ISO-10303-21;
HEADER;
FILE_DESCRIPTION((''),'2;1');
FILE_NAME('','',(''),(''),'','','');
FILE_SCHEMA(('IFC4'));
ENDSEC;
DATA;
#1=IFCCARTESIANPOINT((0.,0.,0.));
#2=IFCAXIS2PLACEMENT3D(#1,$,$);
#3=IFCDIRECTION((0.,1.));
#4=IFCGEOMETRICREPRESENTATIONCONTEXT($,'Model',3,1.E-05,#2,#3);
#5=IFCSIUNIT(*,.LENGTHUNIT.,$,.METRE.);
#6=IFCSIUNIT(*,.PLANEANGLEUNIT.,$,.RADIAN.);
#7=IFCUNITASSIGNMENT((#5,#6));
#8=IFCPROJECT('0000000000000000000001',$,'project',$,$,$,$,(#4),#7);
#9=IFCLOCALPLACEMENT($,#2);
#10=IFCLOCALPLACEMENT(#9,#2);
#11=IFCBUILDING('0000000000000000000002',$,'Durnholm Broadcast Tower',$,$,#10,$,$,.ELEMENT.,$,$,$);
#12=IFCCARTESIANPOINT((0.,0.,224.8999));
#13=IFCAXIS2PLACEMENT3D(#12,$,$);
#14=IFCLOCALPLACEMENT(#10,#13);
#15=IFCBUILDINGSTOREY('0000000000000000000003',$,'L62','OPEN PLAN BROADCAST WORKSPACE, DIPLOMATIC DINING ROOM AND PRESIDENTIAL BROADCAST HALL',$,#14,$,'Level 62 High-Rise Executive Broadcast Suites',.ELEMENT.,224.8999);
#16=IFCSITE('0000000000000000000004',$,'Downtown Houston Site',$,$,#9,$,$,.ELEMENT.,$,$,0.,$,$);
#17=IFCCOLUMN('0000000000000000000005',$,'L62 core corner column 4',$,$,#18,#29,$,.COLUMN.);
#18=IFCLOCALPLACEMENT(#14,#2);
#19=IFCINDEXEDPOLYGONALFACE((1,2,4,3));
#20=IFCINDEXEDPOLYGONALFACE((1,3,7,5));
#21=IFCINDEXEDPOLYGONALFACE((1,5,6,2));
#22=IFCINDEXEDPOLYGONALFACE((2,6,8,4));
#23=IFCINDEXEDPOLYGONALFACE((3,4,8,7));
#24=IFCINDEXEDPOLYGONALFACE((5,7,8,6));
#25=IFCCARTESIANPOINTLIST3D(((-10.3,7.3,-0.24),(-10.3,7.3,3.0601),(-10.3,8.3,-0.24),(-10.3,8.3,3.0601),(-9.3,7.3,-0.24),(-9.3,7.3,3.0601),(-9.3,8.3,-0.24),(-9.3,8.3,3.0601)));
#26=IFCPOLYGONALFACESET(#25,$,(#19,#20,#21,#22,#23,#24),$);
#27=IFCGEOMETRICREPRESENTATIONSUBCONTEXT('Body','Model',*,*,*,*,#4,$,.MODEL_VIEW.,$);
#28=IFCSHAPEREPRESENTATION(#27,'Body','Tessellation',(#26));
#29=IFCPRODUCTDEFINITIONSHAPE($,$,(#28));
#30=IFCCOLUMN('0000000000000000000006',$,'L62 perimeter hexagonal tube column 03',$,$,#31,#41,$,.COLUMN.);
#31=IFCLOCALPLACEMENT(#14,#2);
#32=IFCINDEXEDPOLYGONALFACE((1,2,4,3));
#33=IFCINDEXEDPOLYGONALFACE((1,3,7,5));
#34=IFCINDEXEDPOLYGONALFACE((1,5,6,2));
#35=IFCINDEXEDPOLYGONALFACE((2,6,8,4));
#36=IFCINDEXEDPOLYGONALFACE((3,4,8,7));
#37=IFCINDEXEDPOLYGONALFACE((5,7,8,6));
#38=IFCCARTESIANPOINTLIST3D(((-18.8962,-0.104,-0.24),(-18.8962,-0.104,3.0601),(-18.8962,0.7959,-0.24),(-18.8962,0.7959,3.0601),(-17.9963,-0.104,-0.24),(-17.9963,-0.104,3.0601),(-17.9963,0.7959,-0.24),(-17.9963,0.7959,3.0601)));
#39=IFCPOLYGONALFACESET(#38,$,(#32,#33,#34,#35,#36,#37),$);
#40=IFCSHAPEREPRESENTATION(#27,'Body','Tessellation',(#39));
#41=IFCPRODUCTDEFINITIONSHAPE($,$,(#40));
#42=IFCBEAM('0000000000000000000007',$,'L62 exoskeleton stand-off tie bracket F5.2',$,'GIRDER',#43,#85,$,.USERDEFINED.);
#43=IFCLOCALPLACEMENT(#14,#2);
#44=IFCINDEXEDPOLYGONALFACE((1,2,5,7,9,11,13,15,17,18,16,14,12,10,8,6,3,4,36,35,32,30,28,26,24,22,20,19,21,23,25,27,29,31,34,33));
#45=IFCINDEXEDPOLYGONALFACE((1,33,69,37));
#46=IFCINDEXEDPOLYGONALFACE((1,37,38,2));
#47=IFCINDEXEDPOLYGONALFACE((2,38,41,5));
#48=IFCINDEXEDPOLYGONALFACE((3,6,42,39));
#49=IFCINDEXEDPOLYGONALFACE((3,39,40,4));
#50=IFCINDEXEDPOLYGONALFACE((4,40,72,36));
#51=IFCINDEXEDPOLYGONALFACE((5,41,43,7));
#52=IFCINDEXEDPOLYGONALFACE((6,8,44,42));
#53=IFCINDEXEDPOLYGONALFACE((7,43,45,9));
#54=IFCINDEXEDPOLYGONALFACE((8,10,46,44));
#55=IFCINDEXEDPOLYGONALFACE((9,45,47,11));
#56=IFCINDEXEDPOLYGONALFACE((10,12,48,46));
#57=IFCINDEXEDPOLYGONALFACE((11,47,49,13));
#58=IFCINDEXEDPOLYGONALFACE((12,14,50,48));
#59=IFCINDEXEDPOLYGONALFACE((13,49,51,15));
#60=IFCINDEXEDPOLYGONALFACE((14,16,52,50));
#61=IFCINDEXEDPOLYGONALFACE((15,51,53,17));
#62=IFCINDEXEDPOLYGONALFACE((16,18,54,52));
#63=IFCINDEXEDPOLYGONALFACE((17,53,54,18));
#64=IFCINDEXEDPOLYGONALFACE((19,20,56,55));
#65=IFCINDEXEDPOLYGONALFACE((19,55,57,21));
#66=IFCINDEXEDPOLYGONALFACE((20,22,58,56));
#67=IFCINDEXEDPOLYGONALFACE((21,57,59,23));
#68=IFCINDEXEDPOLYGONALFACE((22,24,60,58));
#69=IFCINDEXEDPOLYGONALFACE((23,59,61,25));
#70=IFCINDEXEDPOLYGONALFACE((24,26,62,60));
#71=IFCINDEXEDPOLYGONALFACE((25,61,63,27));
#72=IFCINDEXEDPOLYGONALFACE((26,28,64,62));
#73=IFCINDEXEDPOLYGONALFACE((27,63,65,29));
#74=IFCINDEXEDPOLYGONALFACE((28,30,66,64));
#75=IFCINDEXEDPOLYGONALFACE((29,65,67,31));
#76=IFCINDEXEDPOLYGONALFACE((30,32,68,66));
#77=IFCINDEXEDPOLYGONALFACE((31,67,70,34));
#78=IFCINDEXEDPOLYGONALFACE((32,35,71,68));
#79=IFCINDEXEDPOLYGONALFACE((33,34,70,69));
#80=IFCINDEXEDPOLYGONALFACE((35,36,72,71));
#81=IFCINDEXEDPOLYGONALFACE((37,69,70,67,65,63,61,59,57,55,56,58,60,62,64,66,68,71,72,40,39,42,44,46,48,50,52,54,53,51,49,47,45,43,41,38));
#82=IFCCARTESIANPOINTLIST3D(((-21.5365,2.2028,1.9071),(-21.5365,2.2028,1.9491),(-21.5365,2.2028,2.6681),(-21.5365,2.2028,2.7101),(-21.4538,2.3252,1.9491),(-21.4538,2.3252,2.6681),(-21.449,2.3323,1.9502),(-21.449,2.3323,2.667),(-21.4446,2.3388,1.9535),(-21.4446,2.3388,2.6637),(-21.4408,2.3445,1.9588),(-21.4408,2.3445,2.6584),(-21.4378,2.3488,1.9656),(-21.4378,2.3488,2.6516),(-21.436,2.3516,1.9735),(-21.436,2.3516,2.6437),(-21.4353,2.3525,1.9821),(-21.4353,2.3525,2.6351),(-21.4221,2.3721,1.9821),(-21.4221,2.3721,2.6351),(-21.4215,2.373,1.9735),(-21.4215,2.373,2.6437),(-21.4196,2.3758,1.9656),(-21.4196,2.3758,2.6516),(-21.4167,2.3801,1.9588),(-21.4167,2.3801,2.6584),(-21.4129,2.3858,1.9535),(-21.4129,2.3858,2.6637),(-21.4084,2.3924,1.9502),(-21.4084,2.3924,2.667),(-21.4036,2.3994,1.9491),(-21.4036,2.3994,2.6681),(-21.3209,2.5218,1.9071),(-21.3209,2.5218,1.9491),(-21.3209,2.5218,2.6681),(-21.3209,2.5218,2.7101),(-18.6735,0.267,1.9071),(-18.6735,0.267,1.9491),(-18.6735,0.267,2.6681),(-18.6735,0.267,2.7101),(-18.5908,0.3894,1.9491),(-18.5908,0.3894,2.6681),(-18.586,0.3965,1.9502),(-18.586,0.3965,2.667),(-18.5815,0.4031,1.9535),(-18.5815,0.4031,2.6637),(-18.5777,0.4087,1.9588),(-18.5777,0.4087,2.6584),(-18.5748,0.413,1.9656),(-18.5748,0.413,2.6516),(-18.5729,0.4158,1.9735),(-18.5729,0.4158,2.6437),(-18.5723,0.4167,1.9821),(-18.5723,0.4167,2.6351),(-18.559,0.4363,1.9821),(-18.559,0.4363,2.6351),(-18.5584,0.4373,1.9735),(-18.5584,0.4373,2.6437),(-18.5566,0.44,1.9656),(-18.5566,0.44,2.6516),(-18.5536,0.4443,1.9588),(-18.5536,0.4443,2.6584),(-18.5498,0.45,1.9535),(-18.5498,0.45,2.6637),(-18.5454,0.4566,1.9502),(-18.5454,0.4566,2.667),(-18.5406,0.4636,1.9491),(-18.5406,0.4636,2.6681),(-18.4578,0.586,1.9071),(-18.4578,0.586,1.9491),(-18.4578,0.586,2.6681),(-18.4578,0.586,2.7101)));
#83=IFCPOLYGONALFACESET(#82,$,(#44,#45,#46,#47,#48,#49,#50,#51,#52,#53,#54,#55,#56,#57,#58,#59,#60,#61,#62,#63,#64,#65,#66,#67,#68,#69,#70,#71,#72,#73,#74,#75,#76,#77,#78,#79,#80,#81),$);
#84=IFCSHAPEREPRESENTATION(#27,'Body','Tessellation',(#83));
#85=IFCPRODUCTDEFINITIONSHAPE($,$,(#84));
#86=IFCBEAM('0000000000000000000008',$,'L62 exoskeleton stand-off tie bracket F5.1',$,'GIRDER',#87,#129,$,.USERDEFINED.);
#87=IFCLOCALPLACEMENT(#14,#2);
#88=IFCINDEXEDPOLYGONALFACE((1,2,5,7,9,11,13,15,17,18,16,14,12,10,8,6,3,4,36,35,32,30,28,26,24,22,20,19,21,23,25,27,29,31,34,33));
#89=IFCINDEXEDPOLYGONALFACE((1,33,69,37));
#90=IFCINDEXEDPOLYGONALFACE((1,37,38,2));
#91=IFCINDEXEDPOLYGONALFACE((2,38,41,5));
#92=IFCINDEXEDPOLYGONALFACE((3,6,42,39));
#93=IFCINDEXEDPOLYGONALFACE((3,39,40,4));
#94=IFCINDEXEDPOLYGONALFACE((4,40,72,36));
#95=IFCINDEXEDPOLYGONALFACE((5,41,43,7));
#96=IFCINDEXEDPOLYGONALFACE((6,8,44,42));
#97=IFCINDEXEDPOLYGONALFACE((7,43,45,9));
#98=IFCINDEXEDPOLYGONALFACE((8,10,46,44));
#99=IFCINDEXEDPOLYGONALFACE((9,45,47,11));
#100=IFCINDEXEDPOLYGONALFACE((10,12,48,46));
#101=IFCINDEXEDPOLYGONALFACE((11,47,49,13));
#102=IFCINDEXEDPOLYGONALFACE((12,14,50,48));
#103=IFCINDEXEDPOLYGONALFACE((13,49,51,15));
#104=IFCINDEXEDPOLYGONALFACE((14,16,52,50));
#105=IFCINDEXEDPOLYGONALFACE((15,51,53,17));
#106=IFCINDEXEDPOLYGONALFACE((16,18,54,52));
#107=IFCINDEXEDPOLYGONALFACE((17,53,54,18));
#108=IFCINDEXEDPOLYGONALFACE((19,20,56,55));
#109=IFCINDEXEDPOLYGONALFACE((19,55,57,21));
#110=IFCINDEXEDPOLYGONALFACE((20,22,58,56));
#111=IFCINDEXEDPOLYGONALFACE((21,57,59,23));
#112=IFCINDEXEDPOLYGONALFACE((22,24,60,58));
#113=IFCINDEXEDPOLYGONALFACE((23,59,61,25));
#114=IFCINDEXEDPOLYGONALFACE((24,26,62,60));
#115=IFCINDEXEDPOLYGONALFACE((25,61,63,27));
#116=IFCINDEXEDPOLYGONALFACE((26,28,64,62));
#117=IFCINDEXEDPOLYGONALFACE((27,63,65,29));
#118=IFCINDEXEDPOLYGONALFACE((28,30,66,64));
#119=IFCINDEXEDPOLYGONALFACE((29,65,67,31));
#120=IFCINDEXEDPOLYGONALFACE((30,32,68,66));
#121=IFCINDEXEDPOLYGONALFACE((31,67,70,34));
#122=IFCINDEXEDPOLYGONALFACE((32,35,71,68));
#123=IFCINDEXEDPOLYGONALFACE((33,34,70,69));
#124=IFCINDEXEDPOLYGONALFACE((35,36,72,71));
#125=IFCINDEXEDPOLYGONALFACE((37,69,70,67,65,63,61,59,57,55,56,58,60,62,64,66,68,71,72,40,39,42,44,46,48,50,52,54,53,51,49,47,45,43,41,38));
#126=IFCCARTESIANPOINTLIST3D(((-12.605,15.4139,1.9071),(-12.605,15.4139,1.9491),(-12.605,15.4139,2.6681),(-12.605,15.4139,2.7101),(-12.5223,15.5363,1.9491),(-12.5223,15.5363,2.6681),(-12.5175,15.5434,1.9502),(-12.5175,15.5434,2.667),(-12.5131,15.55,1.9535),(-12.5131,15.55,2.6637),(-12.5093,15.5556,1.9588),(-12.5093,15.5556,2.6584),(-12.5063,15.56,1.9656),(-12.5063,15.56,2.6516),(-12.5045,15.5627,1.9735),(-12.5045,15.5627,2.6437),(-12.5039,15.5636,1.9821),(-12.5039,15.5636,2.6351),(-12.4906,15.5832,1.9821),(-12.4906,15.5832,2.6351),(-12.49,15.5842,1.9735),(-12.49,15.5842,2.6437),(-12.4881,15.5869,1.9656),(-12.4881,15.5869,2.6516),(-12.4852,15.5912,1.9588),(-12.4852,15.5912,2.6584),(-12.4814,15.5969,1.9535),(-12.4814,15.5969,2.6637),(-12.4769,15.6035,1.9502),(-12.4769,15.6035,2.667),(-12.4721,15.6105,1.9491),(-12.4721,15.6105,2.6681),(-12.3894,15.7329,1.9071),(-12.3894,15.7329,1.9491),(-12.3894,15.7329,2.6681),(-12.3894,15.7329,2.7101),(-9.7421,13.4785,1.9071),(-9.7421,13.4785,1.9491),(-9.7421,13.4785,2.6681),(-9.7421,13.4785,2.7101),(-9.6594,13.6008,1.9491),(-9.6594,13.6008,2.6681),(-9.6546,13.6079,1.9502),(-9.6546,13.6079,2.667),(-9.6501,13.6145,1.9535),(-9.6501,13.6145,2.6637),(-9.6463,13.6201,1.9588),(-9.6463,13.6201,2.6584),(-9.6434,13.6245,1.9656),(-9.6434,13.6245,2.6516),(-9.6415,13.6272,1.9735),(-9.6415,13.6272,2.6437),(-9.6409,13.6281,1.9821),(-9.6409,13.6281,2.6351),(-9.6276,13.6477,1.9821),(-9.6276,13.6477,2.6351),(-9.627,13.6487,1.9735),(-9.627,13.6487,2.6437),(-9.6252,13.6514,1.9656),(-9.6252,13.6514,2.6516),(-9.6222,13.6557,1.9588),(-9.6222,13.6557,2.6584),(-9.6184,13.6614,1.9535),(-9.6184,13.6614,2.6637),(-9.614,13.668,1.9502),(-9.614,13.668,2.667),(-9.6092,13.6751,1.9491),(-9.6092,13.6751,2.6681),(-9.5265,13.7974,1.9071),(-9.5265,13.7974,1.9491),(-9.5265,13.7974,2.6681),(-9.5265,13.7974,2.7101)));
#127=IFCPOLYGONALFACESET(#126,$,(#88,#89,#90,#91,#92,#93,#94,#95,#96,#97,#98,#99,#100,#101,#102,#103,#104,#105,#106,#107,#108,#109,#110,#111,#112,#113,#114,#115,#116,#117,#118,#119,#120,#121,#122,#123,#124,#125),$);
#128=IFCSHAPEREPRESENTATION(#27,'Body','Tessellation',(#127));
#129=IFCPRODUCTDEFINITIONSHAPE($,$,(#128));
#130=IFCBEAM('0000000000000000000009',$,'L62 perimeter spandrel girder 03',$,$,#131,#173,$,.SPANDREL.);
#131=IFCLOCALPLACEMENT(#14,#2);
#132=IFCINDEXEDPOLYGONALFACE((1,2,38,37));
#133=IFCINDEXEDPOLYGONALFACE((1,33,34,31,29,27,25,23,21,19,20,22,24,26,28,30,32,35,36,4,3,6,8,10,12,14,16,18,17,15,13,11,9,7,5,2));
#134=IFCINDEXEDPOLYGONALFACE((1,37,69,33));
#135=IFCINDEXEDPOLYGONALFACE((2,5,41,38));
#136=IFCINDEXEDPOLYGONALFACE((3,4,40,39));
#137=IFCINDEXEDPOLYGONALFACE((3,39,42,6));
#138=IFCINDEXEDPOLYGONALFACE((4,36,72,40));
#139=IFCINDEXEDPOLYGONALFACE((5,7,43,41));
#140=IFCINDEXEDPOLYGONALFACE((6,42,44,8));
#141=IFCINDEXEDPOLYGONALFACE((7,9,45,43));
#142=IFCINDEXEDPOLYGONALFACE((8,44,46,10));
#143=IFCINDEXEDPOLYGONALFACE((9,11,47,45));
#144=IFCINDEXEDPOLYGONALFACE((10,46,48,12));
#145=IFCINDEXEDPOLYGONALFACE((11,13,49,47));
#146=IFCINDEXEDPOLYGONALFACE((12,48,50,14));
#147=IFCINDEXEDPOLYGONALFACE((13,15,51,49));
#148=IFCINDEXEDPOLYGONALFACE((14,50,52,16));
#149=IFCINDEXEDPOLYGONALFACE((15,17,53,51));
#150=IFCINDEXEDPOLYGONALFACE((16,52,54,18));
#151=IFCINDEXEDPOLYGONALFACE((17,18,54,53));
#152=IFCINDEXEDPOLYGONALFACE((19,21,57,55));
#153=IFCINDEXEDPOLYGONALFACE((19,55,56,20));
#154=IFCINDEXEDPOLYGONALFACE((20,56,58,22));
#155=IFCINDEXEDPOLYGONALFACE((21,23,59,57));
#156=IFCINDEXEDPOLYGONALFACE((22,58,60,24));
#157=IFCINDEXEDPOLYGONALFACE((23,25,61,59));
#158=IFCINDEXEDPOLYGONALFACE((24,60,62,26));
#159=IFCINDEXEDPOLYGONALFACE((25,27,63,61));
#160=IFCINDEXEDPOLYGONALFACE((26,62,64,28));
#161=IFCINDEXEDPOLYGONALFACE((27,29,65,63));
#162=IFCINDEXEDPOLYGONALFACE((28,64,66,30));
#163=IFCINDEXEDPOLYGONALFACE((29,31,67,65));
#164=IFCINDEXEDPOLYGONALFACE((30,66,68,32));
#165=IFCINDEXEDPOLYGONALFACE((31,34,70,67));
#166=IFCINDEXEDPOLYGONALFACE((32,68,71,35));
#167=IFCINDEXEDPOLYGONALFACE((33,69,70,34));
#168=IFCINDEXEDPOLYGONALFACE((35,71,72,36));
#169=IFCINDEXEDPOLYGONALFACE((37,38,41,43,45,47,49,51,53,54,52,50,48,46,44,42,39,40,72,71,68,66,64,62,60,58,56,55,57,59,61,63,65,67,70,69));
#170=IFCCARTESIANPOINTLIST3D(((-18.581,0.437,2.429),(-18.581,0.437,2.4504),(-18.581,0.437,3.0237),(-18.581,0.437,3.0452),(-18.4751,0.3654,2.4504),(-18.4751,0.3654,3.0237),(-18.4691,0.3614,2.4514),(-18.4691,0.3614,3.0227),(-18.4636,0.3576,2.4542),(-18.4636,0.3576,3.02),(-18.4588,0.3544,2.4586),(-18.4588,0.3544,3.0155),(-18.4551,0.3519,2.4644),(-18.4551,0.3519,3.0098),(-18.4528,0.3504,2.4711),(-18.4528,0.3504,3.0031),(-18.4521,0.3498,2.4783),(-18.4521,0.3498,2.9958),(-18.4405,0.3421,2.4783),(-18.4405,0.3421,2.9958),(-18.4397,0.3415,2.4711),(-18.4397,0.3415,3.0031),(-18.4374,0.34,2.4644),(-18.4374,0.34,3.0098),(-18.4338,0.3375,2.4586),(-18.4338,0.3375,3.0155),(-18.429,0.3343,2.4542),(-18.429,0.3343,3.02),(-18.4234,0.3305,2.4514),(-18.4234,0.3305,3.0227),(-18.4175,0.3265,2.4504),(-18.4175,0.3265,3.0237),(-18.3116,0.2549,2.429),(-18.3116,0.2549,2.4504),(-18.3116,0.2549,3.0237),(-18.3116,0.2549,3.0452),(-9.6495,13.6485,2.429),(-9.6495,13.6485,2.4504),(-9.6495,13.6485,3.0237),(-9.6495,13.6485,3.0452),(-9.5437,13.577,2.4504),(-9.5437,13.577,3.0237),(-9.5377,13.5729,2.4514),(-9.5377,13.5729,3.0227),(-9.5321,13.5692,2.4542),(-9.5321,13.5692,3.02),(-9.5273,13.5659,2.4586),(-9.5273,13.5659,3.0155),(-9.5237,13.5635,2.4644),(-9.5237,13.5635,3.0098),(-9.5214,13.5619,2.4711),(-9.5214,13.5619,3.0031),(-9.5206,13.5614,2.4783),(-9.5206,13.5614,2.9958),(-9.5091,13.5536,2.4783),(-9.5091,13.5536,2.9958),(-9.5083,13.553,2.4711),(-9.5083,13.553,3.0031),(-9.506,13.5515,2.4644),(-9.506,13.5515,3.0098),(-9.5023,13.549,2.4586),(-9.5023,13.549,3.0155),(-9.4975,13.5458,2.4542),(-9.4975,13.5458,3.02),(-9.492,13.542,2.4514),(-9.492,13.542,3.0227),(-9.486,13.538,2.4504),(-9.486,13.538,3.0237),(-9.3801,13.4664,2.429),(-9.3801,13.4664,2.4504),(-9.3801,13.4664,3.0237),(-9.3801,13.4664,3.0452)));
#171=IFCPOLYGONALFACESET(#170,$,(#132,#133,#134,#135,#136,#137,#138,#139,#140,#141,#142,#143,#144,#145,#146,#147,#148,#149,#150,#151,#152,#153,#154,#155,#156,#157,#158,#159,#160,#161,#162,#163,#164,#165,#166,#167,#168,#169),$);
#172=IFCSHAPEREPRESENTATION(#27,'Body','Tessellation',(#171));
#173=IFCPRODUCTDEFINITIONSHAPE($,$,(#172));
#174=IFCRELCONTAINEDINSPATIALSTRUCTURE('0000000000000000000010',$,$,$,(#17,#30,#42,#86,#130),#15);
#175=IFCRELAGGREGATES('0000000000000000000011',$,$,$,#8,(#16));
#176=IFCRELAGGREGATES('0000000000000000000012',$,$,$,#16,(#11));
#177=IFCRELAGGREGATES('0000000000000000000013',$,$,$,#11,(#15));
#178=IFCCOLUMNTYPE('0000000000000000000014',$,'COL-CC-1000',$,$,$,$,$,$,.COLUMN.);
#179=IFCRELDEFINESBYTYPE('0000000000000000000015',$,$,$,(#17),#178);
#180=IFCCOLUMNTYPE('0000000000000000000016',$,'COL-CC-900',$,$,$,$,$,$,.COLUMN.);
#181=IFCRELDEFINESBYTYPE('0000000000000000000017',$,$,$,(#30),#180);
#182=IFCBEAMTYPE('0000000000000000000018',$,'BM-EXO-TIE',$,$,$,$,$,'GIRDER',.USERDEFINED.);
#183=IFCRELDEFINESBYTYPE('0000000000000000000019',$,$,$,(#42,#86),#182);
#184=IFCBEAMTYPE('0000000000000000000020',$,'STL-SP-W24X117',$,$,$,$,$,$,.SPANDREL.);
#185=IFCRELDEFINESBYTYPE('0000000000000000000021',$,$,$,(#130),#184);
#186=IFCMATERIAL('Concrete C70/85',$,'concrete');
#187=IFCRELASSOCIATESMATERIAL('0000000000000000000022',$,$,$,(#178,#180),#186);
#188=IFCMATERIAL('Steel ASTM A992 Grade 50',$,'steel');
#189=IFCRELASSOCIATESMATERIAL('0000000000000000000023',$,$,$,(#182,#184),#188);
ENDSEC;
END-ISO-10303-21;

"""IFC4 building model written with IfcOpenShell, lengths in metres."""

from ifc_helpers import new_model, si_unit, direction, frame, origin, origin_2d, place, context, subcontext, project, spatial, rectangle, i_section, extrude, source, transform, mapped, material, material_profile, profile_set, type_object, type_shapes, element, save


model = new_model("IFC4")

# Units and contexts
model_context = context("Model", 3, precision=1e-05, world=origin(), true_north=direction((0.0, 1.0)))
body_context = subcontext(model_context, "Body", "Model", "MODEL_VIEW")
ifc_project = project(units=[si_unit("LENGTHUNIT", "METRE"), si_unit("PLANEANGLEUNIT", "RADIAN")], contexts=[model_context])

# Site, building, storey
site_placement = place(None, origin())
site = spatial("IfcSite", under=ifc_project, at=site_placement, Name="Downtown Houston Site", CompositionType="ELEMENT", RefElevation=0.0)
building_placement = place(site_placement, origin())
building = spatial("IfcBuilding", under=site, at=building_placement, Name="Durnholm Broadcast Tower", CompositionType="ELEMENT")
storey_placement = place(building_placement, frame((0.0, 0.0, 224.8999)))
storey = spatial("IfcBuildingStorey", under=building, at=storey_placement, Name="L62", Description="OPEN PLAN BROADCAST WORKSPACE, DIPLOMATIC DINING ROOM AND PRESIDENTIAL BROADCAST HALL", LongName="Level 62 High-Rise Executive Broadcast Suites", CompositionType="ELEMENT", Elevation=224.8999)

# Columns
ifc_material_1 = material(Name="Concrete C70/85", Category="concrete")
ifc_material_profile_1 = material_profile(ifc_material_1, rectangle(XDim=1.0, YDim=1.0, at=origin_2d()), Name="RC1000X1000")
ifc_profile_set_1 = profile_set([ifc_material_profile_1], Name="Concrete C70/85")
column_type_1 = type_object("IfcColumnType", Name="COL-CC-1000", PredefinedType="COLUMN", material=ifc_profile_set_1)
shared_shape_1 = source(origin(), body_context, "Body", "SweptSolid", [
    extrude(rectangle(XDim=1.0, YDim=1.0, at=origin_2d()), origin(), (0.0, 0.0, 1.0), 3.3),
])
type_shapes(column_type_1, [shared_shape_1])
column_1_placement = place(storey_placement, frame((-9.8, 7.8, -0.24), z_axis=(0.0, 0.0, 1.0), x_axis=(1.0, 0.0, 0.0)))
element("IfcColumn", 1, at=column_1_placement, inside=storey, type_object=column_type_1, Name="L62 core corner column 4", PredefinedType="COLUMN", context=body_context, shape_type="MappedRepresentation", body=[
    mapped(shared_shape_1, transform((0.0, 0.0, 0.0), x_axis=(1.0, 0.0, 0.0), y_axis=(0.0, 1.0, 0.0), z_axis=(0.0, 0.0, 1.0), scale=1.0)),
])
ifc_material_profile_2 = material_profile(ifc_material_1, rectangle(XDim=0.8999, YDim=0.8999, at=origin_2d()), Name="RC900X900")
ifc_profile_set_2 = profile_set([ifc_material_profile_2], Name="Concrete C70/85")
column_type_2 = type_object("IfcColumnType", Name="COL-CC-900", PredefinedType="COLUMN", material=ifc_profile_set_2)
shared_shape_2 = source(origin(), body_context, "Body", "SweptSolid", [
    extrude(rectangle(XDim=0.8999, YDim=0.8999, at=origin_2d()), origin(), (0.0, 0.0, 1.0), 3.3),
])
type_shapes(column_type_2, [shared_shape_2])
column_2_placement = place(storey_placement, frame((-18.4463, 0.3459, -0.24), z_axis=(0.0, 0.0, 1.0), x_axis=(1.0, 0.0, 0.0)))
element("IfcColumn", 2, at=column_2_placement, inside=storey, type_object=column_type_2, Name="L62 perimeter hexagonal tube column 03", PredefinedType="COLUMN", context=body_context, shape_type="MappedRepresentation", body=[
    mapped(shared_shape_2, transform((0.0, 0.0, 0.0), x_axis=(1.0, 0.0, 0.0), y_axis=(0.0, 1.0, 0.0), z_axis=(0.0, 0.0, 1.0), scale=1.0)),
])

# Beams
ifc_material_2 = material(Name="Steel ASTM A992 Grade 50", Category="steel")
ifc_material_profile_3 = material_profile(ifc_material_2, i_section(OverallWidth=0.385, OverallDepth=0.803, WebThickness=0.0237, FlangeThickness=0.042, FilletRadius=0.033, at=origin_2d()), Name="W30X261")
ifc_profile_set_3 = profile_set([ifc_material_profile_3], Name="Steel ASTM A992 Grade 50")
beam_type_1 = type_object("IfcBeamType", Name="BM-EXO-TIE", ElementType="GIRDER", PredefinedType="USERDEFINED", material=ifc_profile_set_3)
shared_shape_3 = source(origin(), body_context, "Body", "SweptSolid", [
    extrude(i_section(OverallWidth=0.385, OverallDepth=0.803, WebThickness=0.0237, FlangeThickness=0.042, FilletRadius=0.033, at=origin_2d()), origin(), (0.0, 0.0, 1.0), 3.4561),
])
beam_1_placement = place(storey_placement, frame((-18.5657, 0.4265, 2.3086), z_axis=(-0.828414, 0.560117, 0.0), x_axis=(-0.560117, -0.828414, 0.0)))
element("IfcBeam", 3, at=beam_1_placement, inside=storey, type_object=beam_type_1, Name="L62 exoskeleton stand-off tie bracket F5.2", ObjectType="GIRDER", PredefinedType="USERDEFINED", context=body_context, shape_type="MappedRepresentation", body=[
    mapped(shared_shape_3, transform((0.0, 0.0, 0.0), x_axis=(1.0, 0.0, 0.0), y_axis=(0.0, 1.0, 0.0), z_axis=(0.0, 0.0, 1.0), scale=1.0)),
])
shared_shape_4 = source(origin(), body_context, "Body", "SweptSolid", [
    extrude(i_section(OverallWidth=0.385, OverallDepth=0.803, WebThickness=0.0237, FlangeThickness=0.042, FilletRadius=0.033, at=origin_2d()), origin(), (0.0, 0.0, 1.0), 3.4558),
])
beam_2_placement = place(storey_placement, frame((-9.6343, 13.6379, 2.3086), z_axis=(-0.828446, 0.560068, 0.0), x_axis=(-0.560068, -0.828446, 0.0)))
element("IfcBeam", 4, at=beam_2_placement, inside=storey, type_object=beam_type_1, Name="L62 exoskeleton stand-off tie bracket F5.1", ObjectType="GIRDER", PredefinedType="USERDEFINED", context=body_context, shape_type="MappedRepresentation", body=[
    mapped(shared_shape_4, transform((0.0, 0.0, 0.0), x_axis=(1.0, 0.0, 0.0), y_axis=(0.0, 1.0, 0.0), z_axis=(0.0, 0.0, 1.0), scale=1.0)),
])
ifc_material_profile_4 = material_profile(ifc_material_2, i_section(OverallWidth=0.3252, OverallDepth=0.6162, WebThickness=0.0139, FlangeThickness=0.0215, FilletRadius=0.0278, at=origin_2d()), Name="W24X117")
ifc_profile_set_4 = profile_set([ifc_material_profile_4], Name="Steel ASTM A992 Grade 50")
beam_type_2 = type_object("IfcBeamType", Name="STL-SP-W24X117", PredefinedType="SPANDREL", material=ifc_profile_set_4)
shared_shape_5 = source(origin(), body_context, "Body", "SweptSolid", [
    extrude(i_section(OverallWidth=0.3252, OverallDepth=0.6162, WebThickness=0.0139, FlangeThickness=0.0215, FilletRadius=0.0278, at=origin_2d()), origin(), (0.0, 0.0, 1.0), 15.9473),
])
type_shapes(beam_type_2, [shared_shape_5])
beam_3_placement = place(storey_placement, frame((-18.4463, 0.3459, 2.7371), z_axis=(0.560062, 0.828451, 0.0), x_axis=(-0.828451, 0.560062, 0.0)))
element("IfcBeam", 5, at=beam_3_placement, inside=storey, type_object=beam_type_2, Name="L62 perimeter spandrel girder 03", PredefinedType="SPANDREL", context=body_context, shape_type="MappedRepresentation", body=[
    mapped(shared_shape_5, transform((0.0, 0.0, 0.0), x_axis=(1.0, 0.0, 0.0), y_axis=(0.0, 1.0, 0.0), z_axis=(0.0, 0.0, 1.0), scale=1.0)),
])

save(model, "model.ifc")
